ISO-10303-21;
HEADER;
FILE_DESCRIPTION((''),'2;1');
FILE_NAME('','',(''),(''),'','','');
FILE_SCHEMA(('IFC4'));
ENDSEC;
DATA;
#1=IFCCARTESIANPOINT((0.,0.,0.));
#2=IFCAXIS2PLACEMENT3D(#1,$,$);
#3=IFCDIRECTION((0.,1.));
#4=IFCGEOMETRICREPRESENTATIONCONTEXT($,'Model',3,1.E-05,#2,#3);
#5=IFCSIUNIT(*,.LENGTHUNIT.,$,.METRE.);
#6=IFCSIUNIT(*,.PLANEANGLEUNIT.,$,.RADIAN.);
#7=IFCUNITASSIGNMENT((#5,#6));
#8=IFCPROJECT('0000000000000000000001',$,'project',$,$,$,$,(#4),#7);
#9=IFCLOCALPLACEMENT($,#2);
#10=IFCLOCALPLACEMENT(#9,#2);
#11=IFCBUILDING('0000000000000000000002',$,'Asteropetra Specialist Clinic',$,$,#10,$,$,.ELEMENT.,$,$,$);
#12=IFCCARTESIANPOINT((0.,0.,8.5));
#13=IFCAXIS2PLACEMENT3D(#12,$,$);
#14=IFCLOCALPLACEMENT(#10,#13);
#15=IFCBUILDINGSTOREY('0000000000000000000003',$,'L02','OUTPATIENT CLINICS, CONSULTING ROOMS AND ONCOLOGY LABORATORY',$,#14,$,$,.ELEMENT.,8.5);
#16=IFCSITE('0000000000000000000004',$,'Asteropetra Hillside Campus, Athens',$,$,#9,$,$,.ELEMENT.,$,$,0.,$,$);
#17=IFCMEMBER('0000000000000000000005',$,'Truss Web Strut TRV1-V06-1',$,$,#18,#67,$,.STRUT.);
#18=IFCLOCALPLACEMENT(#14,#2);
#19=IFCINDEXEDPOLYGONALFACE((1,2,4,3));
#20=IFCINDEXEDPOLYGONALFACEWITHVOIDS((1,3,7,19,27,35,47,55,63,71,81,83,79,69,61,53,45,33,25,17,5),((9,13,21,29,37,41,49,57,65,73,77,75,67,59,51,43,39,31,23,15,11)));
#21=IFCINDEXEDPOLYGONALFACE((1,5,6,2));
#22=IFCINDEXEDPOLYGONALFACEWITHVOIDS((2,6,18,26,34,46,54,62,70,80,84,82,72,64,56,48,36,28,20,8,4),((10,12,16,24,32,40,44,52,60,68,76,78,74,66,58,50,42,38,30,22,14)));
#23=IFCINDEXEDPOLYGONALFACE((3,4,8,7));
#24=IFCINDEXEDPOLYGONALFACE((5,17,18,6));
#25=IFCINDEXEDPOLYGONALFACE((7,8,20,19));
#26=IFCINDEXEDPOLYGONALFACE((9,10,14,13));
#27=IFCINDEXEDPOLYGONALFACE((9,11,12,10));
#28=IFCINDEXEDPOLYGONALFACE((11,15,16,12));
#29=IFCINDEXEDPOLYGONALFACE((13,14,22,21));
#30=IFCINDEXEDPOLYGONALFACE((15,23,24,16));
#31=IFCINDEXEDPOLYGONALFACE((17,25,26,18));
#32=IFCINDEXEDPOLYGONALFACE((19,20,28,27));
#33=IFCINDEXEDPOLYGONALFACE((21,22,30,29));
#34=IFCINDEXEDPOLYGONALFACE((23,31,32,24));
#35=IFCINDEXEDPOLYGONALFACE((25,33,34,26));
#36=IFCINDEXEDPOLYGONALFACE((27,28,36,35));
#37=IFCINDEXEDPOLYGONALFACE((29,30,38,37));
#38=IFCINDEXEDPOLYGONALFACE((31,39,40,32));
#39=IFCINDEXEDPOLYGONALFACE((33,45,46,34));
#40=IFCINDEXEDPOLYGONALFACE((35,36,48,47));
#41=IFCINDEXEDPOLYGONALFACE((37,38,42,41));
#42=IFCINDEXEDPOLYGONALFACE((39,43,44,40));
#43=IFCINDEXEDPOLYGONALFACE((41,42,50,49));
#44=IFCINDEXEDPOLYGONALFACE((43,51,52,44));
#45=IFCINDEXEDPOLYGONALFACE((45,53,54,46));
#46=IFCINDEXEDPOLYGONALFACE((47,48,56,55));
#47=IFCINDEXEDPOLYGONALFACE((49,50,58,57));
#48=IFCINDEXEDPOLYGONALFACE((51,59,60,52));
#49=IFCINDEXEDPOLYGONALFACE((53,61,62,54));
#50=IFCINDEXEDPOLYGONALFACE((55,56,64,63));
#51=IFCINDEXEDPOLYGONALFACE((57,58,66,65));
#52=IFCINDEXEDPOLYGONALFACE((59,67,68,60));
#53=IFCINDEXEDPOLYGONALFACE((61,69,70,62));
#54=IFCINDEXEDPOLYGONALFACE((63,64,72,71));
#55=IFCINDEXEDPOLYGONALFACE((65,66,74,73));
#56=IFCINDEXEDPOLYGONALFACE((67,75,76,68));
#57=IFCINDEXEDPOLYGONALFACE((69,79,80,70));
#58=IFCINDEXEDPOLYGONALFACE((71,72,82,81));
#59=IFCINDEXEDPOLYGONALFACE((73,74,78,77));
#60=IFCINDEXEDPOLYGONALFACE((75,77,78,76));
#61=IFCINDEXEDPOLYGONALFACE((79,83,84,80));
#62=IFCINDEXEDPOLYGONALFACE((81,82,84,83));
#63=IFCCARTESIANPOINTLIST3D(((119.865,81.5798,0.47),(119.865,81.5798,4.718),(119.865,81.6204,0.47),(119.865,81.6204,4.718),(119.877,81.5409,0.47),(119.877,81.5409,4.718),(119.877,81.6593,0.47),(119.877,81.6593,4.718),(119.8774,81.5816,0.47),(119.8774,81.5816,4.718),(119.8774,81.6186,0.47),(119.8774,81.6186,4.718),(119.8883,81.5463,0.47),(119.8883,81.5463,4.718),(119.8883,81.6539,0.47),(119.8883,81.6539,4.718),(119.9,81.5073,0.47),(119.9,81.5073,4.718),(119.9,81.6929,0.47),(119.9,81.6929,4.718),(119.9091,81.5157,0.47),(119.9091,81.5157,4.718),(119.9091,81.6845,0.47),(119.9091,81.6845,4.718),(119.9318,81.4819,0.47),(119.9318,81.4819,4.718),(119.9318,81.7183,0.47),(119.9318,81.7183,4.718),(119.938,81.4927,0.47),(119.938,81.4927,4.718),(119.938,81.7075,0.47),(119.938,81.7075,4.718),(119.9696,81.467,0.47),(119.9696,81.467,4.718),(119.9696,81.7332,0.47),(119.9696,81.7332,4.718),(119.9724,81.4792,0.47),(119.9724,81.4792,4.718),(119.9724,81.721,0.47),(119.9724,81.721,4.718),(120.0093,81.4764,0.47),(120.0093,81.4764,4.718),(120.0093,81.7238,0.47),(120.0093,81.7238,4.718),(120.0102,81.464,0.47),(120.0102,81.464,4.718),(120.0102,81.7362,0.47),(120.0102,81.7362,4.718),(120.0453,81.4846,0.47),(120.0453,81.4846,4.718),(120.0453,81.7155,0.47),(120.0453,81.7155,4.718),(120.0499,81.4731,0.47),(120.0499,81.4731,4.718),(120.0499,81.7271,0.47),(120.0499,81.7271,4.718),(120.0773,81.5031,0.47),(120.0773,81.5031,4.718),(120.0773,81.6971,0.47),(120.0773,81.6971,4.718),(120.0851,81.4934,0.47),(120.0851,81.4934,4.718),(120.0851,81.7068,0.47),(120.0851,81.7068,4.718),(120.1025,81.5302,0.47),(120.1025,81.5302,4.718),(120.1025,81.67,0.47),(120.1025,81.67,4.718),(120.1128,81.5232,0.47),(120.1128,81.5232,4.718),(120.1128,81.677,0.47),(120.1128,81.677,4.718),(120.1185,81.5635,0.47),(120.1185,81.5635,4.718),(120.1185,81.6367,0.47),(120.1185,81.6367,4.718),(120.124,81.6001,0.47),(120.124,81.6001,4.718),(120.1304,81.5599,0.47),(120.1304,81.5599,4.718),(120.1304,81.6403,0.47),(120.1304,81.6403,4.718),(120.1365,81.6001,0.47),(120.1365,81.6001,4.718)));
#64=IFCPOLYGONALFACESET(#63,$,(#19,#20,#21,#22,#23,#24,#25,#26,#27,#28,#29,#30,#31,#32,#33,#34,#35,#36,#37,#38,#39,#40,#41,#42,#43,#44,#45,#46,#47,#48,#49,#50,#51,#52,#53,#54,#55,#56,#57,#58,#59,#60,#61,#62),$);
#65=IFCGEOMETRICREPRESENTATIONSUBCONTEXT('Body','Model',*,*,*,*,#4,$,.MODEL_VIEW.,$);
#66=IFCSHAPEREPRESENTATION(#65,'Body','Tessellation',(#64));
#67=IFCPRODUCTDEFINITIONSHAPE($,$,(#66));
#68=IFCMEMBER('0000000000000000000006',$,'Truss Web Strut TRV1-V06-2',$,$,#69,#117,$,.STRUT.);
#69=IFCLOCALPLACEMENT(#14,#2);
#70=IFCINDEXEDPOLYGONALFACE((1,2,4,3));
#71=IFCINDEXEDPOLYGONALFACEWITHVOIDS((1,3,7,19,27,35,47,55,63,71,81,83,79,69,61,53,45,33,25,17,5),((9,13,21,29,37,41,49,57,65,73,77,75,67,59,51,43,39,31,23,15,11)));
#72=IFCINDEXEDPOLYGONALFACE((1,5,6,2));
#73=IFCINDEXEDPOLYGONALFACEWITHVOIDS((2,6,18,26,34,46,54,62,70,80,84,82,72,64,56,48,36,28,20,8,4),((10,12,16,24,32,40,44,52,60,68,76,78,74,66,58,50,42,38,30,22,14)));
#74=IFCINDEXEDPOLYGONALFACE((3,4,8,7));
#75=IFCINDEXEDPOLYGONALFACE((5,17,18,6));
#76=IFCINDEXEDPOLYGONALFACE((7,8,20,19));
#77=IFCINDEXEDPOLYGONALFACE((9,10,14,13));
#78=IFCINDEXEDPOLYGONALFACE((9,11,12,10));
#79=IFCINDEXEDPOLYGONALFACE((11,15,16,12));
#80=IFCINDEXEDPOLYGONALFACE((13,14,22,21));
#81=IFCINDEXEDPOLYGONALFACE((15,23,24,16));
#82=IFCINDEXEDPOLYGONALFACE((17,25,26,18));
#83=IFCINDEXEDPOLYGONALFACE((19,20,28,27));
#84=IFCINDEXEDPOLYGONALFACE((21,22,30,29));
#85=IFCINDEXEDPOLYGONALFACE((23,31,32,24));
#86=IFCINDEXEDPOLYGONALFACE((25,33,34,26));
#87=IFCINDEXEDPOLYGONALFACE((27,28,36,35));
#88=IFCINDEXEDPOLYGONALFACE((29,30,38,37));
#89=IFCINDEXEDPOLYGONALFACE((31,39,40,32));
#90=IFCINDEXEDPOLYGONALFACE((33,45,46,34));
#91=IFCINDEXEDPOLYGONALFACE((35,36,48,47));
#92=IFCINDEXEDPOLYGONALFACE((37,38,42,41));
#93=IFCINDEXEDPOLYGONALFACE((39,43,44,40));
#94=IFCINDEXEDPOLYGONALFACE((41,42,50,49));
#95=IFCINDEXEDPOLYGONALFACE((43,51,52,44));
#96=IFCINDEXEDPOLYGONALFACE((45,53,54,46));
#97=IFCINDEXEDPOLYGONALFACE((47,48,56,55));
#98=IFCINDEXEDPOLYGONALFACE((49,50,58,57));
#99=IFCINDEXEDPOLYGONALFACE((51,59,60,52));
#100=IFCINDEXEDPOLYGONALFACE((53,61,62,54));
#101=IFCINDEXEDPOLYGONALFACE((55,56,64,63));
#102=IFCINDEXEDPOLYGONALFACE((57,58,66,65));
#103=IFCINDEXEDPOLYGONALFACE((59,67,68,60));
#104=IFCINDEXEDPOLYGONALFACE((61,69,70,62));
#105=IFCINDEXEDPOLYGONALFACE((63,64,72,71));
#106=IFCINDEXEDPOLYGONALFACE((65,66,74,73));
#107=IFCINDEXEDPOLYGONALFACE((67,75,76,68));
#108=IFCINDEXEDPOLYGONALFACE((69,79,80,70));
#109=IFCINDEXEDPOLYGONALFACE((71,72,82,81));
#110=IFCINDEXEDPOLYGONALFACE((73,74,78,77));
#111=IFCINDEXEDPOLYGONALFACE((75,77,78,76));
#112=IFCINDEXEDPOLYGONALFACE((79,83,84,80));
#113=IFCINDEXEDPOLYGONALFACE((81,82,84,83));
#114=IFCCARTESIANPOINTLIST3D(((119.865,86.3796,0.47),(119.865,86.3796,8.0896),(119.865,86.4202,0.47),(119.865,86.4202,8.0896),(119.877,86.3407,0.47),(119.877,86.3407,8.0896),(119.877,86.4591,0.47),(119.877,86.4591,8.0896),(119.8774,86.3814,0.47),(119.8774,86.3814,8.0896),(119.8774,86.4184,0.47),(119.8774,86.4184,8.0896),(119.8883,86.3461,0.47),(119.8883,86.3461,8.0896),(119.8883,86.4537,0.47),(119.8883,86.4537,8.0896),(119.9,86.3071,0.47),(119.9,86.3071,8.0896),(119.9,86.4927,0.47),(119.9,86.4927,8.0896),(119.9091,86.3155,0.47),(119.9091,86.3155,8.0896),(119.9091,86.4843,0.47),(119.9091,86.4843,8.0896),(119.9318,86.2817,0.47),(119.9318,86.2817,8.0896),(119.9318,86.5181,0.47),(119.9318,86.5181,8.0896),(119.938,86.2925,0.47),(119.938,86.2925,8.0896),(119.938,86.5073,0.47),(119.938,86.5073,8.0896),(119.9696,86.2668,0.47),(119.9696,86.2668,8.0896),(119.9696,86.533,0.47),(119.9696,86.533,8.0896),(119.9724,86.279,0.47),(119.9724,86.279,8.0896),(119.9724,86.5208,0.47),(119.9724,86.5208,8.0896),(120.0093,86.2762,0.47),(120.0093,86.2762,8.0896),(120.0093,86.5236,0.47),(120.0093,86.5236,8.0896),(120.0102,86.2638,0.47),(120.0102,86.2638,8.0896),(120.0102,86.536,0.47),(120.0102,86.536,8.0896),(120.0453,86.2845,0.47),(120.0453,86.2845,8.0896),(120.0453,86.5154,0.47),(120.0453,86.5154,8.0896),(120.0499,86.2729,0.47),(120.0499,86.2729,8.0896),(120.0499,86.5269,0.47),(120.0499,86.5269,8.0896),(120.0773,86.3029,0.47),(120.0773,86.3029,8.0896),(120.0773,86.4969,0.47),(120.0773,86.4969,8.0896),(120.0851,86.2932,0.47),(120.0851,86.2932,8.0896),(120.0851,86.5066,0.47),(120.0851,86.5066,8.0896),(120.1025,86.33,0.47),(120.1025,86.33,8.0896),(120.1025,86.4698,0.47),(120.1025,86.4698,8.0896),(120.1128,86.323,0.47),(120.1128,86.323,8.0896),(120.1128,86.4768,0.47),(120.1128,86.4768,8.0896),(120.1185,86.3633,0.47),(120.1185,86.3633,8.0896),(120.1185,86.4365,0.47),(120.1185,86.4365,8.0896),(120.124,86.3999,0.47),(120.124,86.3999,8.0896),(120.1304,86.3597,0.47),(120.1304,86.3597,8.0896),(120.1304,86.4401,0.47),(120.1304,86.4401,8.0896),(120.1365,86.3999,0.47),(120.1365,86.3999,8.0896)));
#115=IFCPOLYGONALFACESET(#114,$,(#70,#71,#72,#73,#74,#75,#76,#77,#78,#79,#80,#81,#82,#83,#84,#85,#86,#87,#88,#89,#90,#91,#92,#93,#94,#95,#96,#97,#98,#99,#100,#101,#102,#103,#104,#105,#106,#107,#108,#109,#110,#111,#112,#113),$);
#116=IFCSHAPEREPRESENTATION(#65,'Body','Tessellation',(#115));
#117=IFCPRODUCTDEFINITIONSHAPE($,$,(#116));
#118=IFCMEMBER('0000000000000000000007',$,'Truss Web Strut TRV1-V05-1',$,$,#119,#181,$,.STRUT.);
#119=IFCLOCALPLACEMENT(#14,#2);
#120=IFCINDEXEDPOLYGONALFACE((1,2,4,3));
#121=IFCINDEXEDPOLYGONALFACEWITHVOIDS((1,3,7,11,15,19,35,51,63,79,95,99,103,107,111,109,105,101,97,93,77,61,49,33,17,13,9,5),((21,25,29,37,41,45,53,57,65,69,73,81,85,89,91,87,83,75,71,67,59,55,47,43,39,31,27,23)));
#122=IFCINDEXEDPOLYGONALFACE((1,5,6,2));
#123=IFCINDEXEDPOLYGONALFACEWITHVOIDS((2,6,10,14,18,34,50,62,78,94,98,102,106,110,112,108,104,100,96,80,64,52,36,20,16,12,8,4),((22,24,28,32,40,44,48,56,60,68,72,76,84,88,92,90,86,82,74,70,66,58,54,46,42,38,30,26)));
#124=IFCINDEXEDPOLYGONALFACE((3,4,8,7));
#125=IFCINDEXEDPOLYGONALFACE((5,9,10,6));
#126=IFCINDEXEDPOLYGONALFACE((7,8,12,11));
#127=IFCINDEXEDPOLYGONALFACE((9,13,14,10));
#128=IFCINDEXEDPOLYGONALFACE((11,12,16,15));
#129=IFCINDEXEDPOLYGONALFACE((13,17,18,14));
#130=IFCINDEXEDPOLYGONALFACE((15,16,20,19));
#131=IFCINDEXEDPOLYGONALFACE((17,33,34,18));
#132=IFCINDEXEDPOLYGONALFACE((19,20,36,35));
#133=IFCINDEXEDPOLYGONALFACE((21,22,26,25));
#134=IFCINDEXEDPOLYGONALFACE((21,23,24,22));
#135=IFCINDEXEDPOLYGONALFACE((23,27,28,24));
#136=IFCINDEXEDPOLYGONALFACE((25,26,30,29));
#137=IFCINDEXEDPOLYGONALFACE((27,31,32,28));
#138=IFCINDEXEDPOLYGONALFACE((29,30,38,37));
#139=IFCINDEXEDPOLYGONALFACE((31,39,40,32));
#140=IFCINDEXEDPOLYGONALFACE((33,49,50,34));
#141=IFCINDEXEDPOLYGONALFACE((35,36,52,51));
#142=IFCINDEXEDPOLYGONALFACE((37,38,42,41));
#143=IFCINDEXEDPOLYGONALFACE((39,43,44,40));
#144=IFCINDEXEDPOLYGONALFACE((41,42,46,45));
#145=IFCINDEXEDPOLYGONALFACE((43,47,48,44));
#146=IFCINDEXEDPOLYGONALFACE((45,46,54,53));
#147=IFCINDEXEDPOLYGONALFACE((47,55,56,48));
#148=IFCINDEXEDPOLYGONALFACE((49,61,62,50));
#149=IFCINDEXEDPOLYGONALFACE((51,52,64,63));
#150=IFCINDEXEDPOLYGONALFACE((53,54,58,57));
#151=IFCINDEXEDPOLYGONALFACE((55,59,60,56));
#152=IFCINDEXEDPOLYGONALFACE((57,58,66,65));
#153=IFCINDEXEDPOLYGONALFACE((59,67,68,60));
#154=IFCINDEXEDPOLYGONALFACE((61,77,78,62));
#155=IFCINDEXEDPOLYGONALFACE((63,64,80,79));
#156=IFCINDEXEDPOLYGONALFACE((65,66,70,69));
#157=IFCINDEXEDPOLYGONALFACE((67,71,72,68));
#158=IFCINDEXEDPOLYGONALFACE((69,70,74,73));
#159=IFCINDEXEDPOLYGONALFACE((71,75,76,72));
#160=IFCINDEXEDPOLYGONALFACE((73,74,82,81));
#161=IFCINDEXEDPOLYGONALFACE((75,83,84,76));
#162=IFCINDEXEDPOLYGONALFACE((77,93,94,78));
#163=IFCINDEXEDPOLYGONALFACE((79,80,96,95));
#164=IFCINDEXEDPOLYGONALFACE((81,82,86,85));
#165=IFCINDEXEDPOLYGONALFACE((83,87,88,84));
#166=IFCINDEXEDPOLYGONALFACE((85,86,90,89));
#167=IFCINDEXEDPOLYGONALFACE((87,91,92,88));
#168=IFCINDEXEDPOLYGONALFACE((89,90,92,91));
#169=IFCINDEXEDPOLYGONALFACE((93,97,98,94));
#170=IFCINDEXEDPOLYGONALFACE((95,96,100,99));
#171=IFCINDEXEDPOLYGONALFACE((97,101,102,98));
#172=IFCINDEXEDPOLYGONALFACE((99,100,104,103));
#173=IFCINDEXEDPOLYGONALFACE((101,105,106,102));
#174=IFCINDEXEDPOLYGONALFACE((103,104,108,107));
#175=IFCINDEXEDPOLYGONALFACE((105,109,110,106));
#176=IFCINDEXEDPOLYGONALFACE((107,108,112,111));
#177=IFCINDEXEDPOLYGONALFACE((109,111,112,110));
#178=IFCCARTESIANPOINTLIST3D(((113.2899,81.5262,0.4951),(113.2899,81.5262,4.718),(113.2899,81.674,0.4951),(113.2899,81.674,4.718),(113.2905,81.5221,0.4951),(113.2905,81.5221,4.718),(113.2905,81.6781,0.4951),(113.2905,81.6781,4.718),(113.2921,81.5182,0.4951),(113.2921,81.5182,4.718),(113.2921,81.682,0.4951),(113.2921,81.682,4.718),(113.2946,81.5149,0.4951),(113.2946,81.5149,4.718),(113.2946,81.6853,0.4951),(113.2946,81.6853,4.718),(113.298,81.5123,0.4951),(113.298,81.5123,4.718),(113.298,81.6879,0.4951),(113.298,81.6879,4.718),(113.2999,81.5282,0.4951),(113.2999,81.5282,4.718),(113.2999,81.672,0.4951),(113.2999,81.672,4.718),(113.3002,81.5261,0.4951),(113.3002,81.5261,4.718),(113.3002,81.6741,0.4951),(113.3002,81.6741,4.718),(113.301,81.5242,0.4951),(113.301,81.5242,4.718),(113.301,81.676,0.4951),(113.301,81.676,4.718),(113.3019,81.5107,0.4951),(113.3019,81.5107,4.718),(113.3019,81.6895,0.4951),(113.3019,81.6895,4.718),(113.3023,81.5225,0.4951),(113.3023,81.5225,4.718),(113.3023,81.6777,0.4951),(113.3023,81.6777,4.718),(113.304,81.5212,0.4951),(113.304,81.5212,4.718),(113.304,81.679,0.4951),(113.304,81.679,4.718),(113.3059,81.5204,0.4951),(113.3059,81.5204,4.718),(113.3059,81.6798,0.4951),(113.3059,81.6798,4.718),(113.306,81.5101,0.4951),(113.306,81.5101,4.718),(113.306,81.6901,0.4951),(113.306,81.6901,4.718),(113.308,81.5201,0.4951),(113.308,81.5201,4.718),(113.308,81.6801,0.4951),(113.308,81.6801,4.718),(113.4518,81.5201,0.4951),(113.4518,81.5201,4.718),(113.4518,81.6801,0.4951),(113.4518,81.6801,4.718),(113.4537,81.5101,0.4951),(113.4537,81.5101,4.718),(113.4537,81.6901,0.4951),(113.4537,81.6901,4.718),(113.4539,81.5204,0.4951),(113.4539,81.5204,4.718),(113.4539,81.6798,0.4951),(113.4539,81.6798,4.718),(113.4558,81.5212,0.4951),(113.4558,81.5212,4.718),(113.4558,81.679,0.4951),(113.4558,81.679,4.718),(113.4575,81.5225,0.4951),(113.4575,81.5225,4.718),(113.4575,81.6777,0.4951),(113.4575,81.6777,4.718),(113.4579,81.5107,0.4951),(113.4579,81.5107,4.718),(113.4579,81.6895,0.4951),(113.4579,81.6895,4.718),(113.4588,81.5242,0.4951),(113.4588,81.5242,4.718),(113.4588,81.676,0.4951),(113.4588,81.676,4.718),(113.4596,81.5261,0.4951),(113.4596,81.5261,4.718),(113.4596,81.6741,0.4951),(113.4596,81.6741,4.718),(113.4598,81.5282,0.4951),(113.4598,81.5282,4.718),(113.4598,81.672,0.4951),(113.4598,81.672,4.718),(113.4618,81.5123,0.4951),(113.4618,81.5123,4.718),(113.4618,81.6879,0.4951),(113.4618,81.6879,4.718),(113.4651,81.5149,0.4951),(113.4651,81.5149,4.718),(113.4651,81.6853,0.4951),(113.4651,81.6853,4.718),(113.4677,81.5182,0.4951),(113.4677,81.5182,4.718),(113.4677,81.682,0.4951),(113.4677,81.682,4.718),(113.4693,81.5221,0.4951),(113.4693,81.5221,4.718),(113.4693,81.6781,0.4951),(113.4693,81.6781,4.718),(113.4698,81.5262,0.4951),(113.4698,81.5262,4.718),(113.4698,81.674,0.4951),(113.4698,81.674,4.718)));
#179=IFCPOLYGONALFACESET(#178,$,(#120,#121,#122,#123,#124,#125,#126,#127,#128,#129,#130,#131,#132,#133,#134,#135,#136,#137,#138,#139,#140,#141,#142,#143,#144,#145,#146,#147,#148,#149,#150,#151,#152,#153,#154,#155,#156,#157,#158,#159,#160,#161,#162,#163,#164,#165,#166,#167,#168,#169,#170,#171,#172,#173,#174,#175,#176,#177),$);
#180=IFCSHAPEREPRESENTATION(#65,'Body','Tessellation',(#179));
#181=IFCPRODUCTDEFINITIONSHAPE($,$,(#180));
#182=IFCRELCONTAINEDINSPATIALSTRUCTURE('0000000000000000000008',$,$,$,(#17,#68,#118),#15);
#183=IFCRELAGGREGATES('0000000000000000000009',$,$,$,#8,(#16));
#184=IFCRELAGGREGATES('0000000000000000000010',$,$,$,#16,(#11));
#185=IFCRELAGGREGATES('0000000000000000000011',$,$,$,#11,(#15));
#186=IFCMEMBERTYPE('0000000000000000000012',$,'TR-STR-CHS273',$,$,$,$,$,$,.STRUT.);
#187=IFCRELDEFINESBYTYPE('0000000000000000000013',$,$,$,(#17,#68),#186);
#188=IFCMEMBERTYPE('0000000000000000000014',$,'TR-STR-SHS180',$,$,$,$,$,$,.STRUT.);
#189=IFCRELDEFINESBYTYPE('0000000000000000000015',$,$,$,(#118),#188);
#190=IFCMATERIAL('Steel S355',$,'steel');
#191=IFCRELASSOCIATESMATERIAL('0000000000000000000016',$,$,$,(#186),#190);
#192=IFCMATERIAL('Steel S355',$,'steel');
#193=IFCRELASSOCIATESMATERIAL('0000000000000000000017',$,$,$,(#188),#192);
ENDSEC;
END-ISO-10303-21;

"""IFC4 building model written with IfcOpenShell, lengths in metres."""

from ifc_helpers import new_model, si_unit, direction, frame, origin, origin_2d, place, context, subcontext, project, spatial, hollow_rectangle, hollow_circle, extrude, material, material_profile, profile_set, type_object, element, save


model = new_model("IFC4")

# Units and contexts
model_context = context("Model", 3, precision=1e-05, world=origin(), true_north=direction((0.0, 1.0)))
body_context = subcontext(model_context, "Body", "Model", "MODEL_VIEW")
ifc_project = project(units=[si_unit("LENGTHUNIT", "METRE"), si_unit("PLANEANGLEUNIT", "RADIAN")], contexts=[model_context])

# Site, building, storey
site_placement = place(None, origin())
site = spatial("IfcSite", under=ifc_project, at=site_placement, Name="Asteropetra Hillside Campus, Athens", CompositionType="ELEMENT", RefElevation=0.0)
building_placement = place(site_placement, origin())
building = spatial("IfcBuilding", under=site, at=building_placement, Name="Asteropetra Specialist Clinic", CompositionType="ELEMENT")
storey_placement = place(building_placement, frame((0.0, 0.0, 8.5)))
storey = spatial("IfcBuildingStorey", under=building, at=storey_placement, Name="L02", Description="OUTPATIENT CLINICS, CONSULTING ROOMS AND ONCOLOGY LABORATORY", CompositionType="ELEMENT", Elevation=8.5)

# Members
ifc_material_1 = material(Name="Steel S355", Category="steel")
ifc_material_profile_1 = material_profile(ifc_material_1, hollow_circle(Radius=0.1365, WallThickness=0.0125, at=origin_2d()), Name="CHS 273.0x12.5")
ifc_profile_set_1 = profile_set([ifc_material_profile_1], Name="Steel S355")
member_type_1 = type_object("IfcMemberType", Name="TR-STR-CHS273", PredefinedType="STRUT", material=ifc_profile_set_1)
member_1_placement = place(storey_placement, frame((120.0, 81.6001, 0.47), z_axis=(0.0, 0.0, 1.0), x_axis=(1.0, 0.0, 0.0)))
element("IfcMember", 1, at=member_1_placement, inside=storey, type_object=member_type_1, Name="Truss Web Strut TRV1-V06-1", PredefinedType="STRUT", context=body_context, shape_type="SweptSolid", body=[
    extrude(hollow_circle(Radius=0.1365, WallThickness=0.0125, at=origin_2d()), origin(), (0.0, 0.0, 1.0), 4.248),
])
member_2_placement = place(storey_placement, frame((120.0, 86.3999, 0.47), z_axis=(0.0, 0.0, 1.0), x_axis=(1.0, 0.0, 0.0)))
element("IfcMember", 2, at=member_2_placement, inside=storey, type_object=member_type_1, Name="Truss Web Strut TRV1-V06-2", PredefinedType="STRUT", context=body_context, shape_type="SweptSolid", body=[
    extrude(hollow_circle(Radius=0.1365, WallThickness=0.0125, at=origin_2d()), origin(), (0.0, 0.0, 1.0), 7.6196),
])
ifc_material_2 = material(Name="Steel S355", Category="steel")
ifc_material_profile_2 = material_profile(ifc_material_2, hollow_rectangle(XDim=0.1799, YDim=0.1799, WallThickness=0.01, InnerFilletRadius=0.0081, OuterFilletRadius=0.0161, at=origin_2d()), Name="SHS 180x180x10.0")
ifc_profile_set_2 = profile_set([ifc_material_profile_2], Name="Steel S355")
member_type_2 = type_object("IfcMemberType", Name="TR-STR-SHS180", PredefinedType="STRUT", material=ifc_profile_set_2)
member_3_placement = place(storey_placement, frame((113.3799, 81.6001, 0.4951), z_axis=(0.0, 0.0, 1.0), x_axis=(1.0, 0.0, 0.0)))
element("IfcMember", 3, at=member_3_placement, inside=storey, type_object=member_type_2, Name="Truss Web Strut TRV1-V05-1", PredefinedType="STRUT", context=body_context, shape_type="SweptSolid", body=[
    extrude(hollow_rectangle(XDim=0.1799, YDim=0.1799, WallThickness=0.01, InnerFilletRadius=0.0081, OuterFilletRadius=0.0161, at=origin_2d()), origin(), (0.0, 0.0, 1.0), 4.2229),
])

save(model, "model.ifc")
